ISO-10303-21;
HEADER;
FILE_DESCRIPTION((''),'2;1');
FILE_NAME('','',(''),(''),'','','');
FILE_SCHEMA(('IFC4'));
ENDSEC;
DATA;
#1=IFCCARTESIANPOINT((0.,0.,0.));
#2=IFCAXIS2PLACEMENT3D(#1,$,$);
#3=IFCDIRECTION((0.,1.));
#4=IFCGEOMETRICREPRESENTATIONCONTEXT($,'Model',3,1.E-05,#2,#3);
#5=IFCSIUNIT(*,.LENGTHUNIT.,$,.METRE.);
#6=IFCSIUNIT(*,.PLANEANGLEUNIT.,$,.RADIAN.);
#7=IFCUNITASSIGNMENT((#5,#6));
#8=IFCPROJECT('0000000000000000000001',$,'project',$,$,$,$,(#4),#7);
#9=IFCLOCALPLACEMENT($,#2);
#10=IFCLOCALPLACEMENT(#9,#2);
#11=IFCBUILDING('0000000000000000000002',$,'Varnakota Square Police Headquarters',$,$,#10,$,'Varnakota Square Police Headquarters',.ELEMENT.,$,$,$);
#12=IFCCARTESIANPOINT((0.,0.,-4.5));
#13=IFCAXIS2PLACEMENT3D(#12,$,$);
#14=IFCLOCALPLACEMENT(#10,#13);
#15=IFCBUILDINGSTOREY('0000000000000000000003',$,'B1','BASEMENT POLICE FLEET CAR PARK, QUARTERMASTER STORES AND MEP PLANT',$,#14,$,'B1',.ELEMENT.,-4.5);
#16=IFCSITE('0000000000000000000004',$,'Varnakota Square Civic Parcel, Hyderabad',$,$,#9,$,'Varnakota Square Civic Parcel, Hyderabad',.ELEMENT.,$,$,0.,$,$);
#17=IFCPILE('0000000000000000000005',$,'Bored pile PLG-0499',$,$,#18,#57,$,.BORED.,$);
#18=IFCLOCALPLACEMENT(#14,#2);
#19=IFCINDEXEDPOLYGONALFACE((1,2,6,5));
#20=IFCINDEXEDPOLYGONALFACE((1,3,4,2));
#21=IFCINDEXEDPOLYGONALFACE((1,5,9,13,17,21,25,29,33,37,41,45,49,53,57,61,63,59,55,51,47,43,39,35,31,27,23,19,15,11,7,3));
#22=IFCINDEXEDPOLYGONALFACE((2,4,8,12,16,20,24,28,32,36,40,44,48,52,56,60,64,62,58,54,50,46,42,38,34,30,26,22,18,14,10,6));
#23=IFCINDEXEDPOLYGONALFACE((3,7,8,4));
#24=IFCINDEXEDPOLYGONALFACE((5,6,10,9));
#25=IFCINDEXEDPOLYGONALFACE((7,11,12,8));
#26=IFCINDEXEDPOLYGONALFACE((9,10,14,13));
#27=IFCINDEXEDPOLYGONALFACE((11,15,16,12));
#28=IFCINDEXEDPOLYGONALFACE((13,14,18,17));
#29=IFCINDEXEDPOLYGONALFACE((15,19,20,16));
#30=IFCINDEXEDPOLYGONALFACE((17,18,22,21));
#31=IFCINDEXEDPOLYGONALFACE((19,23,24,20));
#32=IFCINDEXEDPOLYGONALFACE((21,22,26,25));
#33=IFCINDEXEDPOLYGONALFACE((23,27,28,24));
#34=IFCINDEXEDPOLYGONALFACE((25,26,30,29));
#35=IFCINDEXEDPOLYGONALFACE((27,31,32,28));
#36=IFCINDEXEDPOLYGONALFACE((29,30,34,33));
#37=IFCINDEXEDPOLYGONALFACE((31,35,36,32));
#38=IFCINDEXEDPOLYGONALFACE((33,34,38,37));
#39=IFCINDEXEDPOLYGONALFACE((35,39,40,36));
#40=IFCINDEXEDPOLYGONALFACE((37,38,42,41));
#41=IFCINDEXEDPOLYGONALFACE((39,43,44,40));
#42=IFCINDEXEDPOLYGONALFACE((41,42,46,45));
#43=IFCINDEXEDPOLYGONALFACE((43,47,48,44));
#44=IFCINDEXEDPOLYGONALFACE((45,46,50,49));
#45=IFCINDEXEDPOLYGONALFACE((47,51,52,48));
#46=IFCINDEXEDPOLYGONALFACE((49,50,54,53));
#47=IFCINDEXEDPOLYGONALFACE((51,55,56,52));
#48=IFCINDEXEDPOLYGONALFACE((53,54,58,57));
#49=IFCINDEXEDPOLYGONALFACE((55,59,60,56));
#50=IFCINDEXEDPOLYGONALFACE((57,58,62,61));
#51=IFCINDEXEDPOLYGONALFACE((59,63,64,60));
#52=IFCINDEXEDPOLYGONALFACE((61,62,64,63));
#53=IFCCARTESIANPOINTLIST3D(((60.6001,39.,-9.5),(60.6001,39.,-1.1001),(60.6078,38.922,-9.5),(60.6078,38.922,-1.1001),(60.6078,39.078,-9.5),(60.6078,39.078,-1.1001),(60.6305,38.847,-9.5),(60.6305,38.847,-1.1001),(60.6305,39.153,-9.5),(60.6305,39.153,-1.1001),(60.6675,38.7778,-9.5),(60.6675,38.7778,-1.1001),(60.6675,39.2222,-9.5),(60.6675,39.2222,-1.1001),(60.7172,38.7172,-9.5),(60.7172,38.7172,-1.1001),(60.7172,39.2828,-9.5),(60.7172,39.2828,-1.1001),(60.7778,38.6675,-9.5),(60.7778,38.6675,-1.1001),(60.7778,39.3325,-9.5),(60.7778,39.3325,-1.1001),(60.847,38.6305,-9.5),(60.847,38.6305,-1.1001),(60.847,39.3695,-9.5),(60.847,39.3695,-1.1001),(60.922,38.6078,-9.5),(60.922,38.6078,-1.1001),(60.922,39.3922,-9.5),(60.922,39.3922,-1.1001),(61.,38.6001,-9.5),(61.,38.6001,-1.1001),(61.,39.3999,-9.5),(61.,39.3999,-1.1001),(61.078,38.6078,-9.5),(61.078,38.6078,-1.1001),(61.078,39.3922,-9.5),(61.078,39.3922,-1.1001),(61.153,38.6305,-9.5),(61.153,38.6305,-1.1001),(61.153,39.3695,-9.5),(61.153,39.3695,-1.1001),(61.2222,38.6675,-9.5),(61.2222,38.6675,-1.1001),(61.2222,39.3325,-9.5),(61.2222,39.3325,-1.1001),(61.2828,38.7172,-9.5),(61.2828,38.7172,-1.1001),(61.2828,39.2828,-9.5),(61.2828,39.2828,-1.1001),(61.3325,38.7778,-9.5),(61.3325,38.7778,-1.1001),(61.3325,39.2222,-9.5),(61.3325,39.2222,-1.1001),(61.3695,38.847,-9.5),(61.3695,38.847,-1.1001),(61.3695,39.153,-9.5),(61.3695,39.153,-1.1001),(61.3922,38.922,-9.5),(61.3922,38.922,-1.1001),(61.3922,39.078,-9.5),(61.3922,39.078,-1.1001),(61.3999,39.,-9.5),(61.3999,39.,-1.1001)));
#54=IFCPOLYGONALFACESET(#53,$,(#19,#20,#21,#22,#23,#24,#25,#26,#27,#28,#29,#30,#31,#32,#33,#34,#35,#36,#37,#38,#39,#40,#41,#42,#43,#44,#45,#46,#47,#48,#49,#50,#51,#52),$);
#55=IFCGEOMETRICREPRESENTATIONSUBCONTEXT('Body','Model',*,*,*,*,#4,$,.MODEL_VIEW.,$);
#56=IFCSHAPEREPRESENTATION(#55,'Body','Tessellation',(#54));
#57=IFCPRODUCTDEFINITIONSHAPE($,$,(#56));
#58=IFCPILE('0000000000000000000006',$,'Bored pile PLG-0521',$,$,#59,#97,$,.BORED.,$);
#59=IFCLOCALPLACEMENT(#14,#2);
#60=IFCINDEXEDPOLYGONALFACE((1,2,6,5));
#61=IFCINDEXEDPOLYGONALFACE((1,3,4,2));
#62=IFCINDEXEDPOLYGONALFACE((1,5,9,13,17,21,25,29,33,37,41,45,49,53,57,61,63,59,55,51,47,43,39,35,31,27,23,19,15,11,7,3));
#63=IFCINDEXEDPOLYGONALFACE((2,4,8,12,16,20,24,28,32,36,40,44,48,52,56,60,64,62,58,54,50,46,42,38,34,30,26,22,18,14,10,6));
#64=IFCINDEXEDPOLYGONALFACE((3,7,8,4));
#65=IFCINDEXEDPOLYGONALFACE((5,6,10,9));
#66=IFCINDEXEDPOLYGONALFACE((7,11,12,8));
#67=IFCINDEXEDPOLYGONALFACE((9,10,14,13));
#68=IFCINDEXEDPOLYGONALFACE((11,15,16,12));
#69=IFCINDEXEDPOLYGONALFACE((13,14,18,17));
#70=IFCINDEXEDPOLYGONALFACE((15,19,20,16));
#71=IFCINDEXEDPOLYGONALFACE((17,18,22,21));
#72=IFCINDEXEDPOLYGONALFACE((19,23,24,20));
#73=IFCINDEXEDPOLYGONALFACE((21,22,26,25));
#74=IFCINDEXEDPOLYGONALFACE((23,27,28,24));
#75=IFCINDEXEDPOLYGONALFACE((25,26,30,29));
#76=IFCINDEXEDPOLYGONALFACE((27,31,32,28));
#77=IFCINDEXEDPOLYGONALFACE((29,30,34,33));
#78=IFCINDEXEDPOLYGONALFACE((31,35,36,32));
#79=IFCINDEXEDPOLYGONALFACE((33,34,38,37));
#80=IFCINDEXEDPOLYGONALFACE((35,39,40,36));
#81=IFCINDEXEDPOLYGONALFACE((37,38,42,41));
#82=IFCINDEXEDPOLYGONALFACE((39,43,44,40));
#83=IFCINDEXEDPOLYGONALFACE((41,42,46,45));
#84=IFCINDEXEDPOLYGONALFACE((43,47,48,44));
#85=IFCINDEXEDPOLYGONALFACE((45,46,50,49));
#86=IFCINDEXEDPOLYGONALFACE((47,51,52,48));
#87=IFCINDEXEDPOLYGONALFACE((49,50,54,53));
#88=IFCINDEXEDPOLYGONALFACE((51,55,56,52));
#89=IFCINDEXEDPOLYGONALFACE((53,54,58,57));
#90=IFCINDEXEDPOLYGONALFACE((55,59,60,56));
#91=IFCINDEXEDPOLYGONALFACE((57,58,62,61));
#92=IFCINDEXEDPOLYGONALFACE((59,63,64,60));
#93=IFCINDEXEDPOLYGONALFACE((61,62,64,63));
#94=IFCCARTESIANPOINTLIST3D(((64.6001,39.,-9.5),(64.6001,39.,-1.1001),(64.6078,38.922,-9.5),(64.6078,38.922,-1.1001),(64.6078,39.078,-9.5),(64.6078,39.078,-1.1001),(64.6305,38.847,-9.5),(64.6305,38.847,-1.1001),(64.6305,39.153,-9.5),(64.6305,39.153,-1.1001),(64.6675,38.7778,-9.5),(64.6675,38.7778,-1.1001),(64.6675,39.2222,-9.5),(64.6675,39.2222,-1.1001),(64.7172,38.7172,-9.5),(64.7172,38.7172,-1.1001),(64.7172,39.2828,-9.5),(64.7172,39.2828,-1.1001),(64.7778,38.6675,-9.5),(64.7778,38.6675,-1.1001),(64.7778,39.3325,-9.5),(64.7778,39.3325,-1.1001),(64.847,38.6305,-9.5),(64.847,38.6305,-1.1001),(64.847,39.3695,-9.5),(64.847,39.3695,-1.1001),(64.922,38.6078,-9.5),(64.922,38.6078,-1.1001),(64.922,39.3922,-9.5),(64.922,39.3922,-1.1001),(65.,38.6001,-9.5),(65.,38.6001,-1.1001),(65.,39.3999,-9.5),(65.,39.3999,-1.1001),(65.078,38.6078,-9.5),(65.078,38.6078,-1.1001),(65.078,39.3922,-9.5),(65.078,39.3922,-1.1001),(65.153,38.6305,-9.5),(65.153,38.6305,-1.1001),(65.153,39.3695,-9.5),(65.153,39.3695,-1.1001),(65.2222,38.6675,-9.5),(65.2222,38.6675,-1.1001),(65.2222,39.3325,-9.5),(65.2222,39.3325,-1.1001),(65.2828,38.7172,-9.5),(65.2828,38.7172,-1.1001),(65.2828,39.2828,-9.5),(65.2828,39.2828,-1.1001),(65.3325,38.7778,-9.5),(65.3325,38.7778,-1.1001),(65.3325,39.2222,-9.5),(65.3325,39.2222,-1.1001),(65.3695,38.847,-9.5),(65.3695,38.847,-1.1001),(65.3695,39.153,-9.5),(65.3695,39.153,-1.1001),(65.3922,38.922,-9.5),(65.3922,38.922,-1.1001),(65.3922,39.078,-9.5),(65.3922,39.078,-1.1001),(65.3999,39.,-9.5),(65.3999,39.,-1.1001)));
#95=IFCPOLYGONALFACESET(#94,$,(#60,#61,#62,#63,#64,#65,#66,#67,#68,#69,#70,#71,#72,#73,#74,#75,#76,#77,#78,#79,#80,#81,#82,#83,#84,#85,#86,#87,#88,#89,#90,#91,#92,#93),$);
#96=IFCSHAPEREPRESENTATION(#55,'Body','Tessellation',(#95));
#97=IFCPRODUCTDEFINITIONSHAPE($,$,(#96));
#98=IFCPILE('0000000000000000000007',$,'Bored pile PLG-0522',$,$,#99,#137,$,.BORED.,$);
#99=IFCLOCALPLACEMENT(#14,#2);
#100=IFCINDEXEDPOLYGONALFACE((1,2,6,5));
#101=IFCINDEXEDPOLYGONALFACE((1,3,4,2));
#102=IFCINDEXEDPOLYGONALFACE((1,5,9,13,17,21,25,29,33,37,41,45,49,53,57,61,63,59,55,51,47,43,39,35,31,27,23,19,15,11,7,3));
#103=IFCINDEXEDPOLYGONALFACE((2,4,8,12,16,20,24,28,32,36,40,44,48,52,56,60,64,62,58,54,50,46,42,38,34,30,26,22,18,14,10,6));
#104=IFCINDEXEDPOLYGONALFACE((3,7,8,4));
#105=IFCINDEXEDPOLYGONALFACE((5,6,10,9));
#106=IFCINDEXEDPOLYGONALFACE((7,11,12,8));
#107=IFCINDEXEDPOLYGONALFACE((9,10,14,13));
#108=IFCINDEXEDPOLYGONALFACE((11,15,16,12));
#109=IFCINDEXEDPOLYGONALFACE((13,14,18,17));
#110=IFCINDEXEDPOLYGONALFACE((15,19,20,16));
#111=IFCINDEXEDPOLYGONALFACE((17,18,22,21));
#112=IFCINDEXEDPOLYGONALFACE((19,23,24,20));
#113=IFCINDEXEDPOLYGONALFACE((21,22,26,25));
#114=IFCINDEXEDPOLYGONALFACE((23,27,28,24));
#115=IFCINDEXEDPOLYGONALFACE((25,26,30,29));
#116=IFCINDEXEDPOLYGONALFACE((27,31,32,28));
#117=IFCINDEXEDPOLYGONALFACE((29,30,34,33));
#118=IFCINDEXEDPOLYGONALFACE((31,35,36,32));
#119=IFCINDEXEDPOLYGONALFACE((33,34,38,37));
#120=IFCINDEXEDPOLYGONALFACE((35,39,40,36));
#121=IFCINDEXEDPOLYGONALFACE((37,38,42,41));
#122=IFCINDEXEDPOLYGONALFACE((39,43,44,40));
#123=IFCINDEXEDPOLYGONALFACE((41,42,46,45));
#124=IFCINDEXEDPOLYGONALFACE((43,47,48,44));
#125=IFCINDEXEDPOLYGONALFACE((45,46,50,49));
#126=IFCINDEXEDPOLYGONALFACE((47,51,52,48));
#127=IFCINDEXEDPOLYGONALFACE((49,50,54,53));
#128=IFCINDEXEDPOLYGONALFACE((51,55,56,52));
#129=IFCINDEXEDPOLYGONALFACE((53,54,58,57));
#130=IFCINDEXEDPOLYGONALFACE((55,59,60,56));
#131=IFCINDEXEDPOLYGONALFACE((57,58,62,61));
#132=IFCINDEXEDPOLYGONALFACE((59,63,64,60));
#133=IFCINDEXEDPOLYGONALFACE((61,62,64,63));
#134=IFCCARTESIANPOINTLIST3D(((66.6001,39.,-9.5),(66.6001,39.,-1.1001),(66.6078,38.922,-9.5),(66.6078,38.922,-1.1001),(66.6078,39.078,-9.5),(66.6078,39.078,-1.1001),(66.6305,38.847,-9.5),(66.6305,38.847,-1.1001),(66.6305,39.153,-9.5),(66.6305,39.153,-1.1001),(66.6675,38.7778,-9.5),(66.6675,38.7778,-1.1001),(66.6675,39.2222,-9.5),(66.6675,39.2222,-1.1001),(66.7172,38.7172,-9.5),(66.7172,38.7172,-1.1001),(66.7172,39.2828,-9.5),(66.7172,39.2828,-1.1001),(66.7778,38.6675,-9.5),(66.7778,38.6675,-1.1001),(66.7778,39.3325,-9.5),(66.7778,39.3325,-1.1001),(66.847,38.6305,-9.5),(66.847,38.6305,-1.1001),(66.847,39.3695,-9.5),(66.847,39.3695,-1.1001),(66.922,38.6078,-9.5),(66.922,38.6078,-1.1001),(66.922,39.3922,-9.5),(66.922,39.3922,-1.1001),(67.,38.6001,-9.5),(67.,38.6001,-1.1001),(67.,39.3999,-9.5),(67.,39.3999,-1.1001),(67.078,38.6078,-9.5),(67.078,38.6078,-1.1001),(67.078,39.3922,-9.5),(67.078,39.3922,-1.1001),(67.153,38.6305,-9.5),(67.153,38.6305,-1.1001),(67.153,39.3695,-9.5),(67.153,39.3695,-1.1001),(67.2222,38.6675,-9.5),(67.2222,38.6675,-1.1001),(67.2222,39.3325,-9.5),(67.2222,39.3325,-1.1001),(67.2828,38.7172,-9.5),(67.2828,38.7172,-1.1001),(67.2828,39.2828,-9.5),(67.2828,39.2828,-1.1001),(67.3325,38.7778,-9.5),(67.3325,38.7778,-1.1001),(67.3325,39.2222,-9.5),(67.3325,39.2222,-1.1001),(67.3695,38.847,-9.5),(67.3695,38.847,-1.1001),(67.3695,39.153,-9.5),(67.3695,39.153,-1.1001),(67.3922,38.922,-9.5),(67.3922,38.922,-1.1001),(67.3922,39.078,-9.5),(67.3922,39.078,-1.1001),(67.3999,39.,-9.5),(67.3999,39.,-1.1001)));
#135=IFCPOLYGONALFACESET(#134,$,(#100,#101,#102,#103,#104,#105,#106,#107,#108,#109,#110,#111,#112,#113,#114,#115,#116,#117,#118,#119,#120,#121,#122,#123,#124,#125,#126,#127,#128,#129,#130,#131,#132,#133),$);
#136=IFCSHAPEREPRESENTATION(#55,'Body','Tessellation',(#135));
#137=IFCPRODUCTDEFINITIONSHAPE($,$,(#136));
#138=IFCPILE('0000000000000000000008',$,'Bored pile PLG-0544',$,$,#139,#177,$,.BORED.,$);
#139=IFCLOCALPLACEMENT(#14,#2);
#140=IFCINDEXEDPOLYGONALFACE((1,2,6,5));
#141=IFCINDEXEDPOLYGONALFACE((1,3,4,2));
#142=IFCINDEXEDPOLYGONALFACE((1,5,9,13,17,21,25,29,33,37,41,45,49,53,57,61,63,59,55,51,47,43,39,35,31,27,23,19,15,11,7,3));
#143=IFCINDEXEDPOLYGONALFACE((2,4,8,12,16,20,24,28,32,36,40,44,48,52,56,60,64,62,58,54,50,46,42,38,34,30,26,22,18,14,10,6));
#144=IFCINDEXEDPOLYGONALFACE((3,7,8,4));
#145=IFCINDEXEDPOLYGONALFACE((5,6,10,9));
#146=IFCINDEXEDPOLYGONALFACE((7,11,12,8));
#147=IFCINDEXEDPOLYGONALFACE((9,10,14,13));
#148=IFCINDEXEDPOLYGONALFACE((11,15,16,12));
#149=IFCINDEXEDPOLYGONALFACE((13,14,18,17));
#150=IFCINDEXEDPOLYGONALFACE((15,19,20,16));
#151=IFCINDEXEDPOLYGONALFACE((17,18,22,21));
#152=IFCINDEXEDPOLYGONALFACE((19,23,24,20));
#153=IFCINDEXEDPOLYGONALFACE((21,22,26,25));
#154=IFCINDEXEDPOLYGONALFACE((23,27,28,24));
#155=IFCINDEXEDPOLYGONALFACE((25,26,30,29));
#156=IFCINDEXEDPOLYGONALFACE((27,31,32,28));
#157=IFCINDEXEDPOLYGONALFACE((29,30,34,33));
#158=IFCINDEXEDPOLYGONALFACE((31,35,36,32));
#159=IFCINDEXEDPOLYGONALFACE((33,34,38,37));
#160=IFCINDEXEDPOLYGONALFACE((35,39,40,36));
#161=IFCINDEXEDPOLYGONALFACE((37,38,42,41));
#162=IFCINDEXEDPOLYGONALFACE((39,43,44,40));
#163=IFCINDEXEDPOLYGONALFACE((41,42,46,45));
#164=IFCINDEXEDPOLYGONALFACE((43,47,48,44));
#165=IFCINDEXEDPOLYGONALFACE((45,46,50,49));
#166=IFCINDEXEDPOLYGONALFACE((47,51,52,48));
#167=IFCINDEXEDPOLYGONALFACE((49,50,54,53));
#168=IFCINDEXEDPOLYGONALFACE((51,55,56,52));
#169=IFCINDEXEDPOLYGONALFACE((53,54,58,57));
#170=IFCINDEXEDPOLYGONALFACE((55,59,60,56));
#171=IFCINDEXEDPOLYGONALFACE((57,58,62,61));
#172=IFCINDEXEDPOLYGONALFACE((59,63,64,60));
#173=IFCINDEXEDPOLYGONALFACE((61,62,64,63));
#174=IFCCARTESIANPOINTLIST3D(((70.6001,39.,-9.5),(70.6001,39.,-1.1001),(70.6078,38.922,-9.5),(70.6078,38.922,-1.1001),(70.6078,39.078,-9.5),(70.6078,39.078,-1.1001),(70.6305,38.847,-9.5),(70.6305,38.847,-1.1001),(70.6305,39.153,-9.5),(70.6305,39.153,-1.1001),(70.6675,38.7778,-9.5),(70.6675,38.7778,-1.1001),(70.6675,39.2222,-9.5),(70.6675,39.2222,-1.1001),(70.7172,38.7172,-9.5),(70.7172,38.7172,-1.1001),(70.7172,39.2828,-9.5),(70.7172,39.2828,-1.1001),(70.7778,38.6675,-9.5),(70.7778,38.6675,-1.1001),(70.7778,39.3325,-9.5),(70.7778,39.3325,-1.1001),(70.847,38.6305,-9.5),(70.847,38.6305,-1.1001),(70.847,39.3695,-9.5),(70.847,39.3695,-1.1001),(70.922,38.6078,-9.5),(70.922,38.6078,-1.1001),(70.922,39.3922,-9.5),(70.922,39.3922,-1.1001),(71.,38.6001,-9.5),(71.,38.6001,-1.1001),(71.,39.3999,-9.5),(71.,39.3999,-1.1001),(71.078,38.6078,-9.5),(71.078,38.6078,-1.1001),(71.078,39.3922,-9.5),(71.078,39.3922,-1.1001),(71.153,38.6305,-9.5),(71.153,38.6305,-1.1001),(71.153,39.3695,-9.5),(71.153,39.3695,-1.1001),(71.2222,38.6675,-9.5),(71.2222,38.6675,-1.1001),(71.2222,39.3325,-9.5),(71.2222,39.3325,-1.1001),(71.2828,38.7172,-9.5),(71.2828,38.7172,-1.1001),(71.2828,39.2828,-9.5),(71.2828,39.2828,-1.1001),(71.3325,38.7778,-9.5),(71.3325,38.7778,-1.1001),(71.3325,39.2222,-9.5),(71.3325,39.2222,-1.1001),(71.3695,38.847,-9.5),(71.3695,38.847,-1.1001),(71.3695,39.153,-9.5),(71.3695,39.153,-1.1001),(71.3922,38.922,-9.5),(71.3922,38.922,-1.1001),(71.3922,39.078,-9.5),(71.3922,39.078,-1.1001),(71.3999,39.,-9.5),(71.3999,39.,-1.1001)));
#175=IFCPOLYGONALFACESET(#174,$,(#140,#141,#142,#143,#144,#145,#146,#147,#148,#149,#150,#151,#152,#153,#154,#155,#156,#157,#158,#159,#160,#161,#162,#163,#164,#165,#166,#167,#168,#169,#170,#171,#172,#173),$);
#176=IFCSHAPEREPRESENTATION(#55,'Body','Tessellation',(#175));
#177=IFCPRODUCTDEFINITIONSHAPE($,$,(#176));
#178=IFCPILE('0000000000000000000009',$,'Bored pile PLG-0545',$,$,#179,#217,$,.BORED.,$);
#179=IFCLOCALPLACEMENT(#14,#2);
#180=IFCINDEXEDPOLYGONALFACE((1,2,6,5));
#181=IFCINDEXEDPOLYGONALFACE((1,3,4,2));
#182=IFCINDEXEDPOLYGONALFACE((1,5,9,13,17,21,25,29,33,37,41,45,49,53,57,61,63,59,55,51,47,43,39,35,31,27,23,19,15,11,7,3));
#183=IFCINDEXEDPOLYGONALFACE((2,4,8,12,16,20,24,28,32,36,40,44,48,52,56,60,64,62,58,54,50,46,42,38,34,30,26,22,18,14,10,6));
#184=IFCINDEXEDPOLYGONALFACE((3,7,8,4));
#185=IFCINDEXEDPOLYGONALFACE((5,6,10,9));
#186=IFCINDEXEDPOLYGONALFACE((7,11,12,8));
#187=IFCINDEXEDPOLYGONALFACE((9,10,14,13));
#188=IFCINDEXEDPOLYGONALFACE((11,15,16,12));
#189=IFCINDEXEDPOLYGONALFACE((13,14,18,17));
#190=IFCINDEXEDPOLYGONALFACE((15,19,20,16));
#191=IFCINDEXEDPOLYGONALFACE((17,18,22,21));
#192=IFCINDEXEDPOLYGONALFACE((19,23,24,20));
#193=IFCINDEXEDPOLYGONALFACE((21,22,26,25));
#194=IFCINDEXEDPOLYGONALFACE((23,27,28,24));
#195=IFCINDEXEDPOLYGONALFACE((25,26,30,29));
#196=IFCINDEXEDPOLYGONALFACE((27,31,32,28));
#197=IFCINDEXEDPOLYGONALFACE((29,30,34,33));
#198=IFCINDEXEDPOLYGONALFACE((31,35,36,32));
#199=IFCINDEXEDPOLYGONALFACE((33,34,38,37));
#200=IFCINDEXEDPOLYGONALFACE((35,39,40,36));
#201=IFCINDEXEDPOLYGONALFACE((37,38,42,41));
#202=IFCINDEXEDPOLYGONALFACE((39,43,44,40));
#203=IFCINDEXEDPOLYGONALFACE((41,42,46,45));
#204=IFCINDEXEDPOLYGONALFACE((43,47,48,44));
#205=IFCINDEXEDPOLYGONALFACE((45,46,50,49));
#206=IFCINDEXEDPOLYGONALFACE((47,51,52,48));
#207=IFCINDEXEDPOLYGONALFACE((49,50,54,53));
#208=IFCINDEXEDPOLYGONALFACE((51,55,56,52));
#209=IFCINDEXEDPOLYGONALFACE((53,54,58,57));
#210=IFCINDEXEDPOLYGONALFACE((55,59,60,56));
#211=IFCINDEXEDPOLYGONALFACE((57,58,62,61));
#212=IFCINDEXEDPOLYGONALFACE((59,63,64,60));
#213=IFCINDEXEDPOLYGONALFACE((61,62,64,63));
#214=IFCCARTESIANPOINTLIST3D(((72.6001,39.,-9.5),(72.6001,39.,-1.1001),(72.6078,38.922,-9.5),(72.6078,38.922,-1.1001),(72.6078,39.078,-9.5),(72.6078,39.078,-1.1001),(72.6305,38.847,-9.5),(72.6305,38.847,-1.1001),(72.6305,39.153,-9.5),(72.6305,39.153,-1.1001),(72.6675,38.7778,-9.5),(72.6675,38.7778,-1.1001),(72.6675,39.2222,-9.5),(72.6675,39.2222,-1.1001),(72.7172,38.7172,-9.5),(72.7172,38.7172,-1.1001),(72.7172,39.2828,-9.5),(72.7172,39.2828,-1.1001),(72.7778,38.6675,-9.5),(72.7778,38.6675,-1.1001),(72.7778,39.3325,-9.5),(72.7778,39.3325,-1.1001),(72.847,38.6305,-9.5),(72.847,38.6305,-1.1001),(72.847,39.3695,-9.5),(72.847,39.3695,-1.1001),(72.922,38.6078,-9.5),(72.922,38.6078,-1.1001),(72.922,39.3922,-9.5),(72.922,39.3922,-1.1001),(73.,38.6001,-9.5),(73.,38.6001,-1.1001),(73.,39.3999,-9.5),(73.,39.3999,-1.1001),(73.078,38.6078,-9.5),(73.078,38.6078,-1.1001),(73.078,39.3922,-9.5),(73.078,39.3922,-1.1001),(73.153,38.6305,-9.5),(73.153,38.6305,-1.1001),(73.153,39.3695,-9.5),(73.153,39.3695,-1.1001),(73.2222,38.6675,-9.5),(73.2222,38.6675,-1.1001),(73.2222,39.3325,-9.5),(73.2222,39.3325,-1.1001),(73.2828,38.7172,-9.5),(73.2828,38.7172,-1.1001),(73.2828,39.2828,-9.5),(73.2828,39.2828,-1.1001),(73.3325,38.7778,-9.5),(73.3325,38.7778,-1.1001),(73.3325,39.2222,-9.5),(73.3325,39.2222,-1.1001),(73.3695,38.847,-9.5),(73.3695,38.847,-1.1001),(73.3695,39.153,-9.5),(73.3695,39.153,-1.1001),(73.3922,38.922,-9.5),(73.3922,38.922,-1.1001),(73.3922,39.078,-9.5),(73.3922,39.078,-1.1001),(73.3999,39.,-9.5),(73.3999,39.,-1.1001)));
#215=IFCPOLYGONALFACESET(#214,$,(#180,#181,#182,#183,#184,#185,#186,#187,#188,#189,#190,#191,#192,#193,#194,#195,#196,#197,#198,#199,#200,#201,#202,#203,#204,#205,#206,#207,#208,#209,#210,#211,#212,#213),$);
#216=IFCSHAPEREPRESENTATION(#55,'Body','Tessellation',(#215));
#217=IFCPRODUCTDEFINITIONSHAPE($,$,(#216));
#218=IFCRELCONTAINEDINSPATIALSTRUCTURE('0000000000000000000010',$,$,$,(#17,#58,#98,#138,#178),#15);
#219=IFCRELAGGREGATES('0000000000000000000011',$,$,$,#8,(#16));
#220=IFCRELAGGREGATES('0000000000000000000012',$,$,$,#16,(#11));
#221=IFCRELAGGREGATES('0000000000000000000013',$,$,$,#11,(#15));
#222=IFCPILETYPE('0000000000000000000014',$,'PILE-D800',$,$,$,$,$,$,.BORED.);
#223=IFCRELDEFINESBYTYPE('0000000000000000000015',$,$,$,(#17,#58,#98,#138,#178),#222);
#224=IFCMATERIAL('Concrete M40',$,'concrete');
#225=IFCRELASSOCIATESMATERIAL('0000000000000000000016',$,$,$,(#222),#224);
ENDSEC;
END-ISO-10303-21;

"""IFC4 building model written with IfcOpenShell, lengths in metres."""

from ifc_helpers import new_model, si_unit, direction, frame, origin, origin_2d, place, context, subcontext, project, spatial, circle, extrude, material, material_profile, profile_set, type_object, element, save


model = new_model("IFC4")

# Units and contexts
model_context = context("Model", 3, precision=1e-05, world=origin(), true_north=direction((0.0, 1.0)))
body_context = subcontext(model_context, "Body", "Model", "MODEL_VIEW")
ifc_project = project(units=[si_unit("LENGTHUNIT", "METRE"), si_unit("PLANEANGLEUNIT", "RADIAN")], contexts=[model_context])

# Site, building, storey
site_placement = place(None, origin())
site = spatial("IfcSite", under=ifc_project, at=site_placement, Name="Varnakota Square Civic Parcel, Hyderabad", LongName="Varnakota Square Civic Parcel, Hyderabad", CompositionType="ELEMENT", RefElevation=0.0)
building_placement = place(site_placement, origin())
building = spatial("IfcBuilding", under=site, at=building_placement, Name="Varnakota Square Police Headquarters", LongName="Varnakota Square Police Headquarters", CompositionType="ELEMENT")
storey_placement = place(building_placement, frame((0.0, 0.0, -4.5)))
storey = spatial("IfcBuildingStorey", under=building, at=storey_placement, Name="B1", Description="BASEMENT POLICE FLEET CAR PARK, QUARTERMASTER STORES AND MEP PLANT", LongName="B1", CompositionType="ELEMENT", Elevation=-4.5)

# Shared definitions
ifc_material_1 = material(Name="Concrete M40", Category="concrete")

# Piles
ifc_material_profile_1 = material_profile(ifc_material_1, circle(Radius=0.3999, at=origin_2d()), Name="BORED PILE 800")
ifc_profile_set_1 = profile_set([ifc_material_profile_1], Name="Concrete M40")
pile_type = type_object("IfcPileType", Name="PILE-D800", PredefinedType="BORED", material=ifc_profile_set_1)
for number, where, z_axis, x_axis, name in (
    (1, (61.0, 39.0, -1.1001), (0.0, 0.0, -1.0), (1.0, 0.0, 0.0), "Bored pile PLG-0499"),
    (2, (65.0, 39.0, -1.1001), (0.0, 0.0, -1.0), (1.0, 0.0, 0.0), "Bored pile PLG-0521"),
    (3, (67.0, 39.0, -1.1001), (0.0, 0.0, -1.0), (1.0, 0.0, 0.0), "Bored pile PLG-0522"),
    (4, (71.0, 39.0, -1.1001), (0.0, 0.0, -1.0), (1.0, 0.0, 0.0), "Bored pile PLG-0544"),
    (5, (73.0, 39.0, -1.1001), (0.0, 0.0, -1.0), (1.0, 0.0, 0.0), "Bored pile PLG-0545"),
):
    element("IfcPile", number, at=place(storey_placement, frame(where, z_axis=z_axis, x_axis=x_axis)), inside=storey, type_object=pile_type, Name=name, PredefinedType="BORED", context=body_context, shape_type="SweptSolid", body=[
        extrude(circle(Radius=0.3999, at=origin_2d()), origin(), (0.0, 0.0, 1.0), 8.3999),
    ])

save(model, "model.ifc")
